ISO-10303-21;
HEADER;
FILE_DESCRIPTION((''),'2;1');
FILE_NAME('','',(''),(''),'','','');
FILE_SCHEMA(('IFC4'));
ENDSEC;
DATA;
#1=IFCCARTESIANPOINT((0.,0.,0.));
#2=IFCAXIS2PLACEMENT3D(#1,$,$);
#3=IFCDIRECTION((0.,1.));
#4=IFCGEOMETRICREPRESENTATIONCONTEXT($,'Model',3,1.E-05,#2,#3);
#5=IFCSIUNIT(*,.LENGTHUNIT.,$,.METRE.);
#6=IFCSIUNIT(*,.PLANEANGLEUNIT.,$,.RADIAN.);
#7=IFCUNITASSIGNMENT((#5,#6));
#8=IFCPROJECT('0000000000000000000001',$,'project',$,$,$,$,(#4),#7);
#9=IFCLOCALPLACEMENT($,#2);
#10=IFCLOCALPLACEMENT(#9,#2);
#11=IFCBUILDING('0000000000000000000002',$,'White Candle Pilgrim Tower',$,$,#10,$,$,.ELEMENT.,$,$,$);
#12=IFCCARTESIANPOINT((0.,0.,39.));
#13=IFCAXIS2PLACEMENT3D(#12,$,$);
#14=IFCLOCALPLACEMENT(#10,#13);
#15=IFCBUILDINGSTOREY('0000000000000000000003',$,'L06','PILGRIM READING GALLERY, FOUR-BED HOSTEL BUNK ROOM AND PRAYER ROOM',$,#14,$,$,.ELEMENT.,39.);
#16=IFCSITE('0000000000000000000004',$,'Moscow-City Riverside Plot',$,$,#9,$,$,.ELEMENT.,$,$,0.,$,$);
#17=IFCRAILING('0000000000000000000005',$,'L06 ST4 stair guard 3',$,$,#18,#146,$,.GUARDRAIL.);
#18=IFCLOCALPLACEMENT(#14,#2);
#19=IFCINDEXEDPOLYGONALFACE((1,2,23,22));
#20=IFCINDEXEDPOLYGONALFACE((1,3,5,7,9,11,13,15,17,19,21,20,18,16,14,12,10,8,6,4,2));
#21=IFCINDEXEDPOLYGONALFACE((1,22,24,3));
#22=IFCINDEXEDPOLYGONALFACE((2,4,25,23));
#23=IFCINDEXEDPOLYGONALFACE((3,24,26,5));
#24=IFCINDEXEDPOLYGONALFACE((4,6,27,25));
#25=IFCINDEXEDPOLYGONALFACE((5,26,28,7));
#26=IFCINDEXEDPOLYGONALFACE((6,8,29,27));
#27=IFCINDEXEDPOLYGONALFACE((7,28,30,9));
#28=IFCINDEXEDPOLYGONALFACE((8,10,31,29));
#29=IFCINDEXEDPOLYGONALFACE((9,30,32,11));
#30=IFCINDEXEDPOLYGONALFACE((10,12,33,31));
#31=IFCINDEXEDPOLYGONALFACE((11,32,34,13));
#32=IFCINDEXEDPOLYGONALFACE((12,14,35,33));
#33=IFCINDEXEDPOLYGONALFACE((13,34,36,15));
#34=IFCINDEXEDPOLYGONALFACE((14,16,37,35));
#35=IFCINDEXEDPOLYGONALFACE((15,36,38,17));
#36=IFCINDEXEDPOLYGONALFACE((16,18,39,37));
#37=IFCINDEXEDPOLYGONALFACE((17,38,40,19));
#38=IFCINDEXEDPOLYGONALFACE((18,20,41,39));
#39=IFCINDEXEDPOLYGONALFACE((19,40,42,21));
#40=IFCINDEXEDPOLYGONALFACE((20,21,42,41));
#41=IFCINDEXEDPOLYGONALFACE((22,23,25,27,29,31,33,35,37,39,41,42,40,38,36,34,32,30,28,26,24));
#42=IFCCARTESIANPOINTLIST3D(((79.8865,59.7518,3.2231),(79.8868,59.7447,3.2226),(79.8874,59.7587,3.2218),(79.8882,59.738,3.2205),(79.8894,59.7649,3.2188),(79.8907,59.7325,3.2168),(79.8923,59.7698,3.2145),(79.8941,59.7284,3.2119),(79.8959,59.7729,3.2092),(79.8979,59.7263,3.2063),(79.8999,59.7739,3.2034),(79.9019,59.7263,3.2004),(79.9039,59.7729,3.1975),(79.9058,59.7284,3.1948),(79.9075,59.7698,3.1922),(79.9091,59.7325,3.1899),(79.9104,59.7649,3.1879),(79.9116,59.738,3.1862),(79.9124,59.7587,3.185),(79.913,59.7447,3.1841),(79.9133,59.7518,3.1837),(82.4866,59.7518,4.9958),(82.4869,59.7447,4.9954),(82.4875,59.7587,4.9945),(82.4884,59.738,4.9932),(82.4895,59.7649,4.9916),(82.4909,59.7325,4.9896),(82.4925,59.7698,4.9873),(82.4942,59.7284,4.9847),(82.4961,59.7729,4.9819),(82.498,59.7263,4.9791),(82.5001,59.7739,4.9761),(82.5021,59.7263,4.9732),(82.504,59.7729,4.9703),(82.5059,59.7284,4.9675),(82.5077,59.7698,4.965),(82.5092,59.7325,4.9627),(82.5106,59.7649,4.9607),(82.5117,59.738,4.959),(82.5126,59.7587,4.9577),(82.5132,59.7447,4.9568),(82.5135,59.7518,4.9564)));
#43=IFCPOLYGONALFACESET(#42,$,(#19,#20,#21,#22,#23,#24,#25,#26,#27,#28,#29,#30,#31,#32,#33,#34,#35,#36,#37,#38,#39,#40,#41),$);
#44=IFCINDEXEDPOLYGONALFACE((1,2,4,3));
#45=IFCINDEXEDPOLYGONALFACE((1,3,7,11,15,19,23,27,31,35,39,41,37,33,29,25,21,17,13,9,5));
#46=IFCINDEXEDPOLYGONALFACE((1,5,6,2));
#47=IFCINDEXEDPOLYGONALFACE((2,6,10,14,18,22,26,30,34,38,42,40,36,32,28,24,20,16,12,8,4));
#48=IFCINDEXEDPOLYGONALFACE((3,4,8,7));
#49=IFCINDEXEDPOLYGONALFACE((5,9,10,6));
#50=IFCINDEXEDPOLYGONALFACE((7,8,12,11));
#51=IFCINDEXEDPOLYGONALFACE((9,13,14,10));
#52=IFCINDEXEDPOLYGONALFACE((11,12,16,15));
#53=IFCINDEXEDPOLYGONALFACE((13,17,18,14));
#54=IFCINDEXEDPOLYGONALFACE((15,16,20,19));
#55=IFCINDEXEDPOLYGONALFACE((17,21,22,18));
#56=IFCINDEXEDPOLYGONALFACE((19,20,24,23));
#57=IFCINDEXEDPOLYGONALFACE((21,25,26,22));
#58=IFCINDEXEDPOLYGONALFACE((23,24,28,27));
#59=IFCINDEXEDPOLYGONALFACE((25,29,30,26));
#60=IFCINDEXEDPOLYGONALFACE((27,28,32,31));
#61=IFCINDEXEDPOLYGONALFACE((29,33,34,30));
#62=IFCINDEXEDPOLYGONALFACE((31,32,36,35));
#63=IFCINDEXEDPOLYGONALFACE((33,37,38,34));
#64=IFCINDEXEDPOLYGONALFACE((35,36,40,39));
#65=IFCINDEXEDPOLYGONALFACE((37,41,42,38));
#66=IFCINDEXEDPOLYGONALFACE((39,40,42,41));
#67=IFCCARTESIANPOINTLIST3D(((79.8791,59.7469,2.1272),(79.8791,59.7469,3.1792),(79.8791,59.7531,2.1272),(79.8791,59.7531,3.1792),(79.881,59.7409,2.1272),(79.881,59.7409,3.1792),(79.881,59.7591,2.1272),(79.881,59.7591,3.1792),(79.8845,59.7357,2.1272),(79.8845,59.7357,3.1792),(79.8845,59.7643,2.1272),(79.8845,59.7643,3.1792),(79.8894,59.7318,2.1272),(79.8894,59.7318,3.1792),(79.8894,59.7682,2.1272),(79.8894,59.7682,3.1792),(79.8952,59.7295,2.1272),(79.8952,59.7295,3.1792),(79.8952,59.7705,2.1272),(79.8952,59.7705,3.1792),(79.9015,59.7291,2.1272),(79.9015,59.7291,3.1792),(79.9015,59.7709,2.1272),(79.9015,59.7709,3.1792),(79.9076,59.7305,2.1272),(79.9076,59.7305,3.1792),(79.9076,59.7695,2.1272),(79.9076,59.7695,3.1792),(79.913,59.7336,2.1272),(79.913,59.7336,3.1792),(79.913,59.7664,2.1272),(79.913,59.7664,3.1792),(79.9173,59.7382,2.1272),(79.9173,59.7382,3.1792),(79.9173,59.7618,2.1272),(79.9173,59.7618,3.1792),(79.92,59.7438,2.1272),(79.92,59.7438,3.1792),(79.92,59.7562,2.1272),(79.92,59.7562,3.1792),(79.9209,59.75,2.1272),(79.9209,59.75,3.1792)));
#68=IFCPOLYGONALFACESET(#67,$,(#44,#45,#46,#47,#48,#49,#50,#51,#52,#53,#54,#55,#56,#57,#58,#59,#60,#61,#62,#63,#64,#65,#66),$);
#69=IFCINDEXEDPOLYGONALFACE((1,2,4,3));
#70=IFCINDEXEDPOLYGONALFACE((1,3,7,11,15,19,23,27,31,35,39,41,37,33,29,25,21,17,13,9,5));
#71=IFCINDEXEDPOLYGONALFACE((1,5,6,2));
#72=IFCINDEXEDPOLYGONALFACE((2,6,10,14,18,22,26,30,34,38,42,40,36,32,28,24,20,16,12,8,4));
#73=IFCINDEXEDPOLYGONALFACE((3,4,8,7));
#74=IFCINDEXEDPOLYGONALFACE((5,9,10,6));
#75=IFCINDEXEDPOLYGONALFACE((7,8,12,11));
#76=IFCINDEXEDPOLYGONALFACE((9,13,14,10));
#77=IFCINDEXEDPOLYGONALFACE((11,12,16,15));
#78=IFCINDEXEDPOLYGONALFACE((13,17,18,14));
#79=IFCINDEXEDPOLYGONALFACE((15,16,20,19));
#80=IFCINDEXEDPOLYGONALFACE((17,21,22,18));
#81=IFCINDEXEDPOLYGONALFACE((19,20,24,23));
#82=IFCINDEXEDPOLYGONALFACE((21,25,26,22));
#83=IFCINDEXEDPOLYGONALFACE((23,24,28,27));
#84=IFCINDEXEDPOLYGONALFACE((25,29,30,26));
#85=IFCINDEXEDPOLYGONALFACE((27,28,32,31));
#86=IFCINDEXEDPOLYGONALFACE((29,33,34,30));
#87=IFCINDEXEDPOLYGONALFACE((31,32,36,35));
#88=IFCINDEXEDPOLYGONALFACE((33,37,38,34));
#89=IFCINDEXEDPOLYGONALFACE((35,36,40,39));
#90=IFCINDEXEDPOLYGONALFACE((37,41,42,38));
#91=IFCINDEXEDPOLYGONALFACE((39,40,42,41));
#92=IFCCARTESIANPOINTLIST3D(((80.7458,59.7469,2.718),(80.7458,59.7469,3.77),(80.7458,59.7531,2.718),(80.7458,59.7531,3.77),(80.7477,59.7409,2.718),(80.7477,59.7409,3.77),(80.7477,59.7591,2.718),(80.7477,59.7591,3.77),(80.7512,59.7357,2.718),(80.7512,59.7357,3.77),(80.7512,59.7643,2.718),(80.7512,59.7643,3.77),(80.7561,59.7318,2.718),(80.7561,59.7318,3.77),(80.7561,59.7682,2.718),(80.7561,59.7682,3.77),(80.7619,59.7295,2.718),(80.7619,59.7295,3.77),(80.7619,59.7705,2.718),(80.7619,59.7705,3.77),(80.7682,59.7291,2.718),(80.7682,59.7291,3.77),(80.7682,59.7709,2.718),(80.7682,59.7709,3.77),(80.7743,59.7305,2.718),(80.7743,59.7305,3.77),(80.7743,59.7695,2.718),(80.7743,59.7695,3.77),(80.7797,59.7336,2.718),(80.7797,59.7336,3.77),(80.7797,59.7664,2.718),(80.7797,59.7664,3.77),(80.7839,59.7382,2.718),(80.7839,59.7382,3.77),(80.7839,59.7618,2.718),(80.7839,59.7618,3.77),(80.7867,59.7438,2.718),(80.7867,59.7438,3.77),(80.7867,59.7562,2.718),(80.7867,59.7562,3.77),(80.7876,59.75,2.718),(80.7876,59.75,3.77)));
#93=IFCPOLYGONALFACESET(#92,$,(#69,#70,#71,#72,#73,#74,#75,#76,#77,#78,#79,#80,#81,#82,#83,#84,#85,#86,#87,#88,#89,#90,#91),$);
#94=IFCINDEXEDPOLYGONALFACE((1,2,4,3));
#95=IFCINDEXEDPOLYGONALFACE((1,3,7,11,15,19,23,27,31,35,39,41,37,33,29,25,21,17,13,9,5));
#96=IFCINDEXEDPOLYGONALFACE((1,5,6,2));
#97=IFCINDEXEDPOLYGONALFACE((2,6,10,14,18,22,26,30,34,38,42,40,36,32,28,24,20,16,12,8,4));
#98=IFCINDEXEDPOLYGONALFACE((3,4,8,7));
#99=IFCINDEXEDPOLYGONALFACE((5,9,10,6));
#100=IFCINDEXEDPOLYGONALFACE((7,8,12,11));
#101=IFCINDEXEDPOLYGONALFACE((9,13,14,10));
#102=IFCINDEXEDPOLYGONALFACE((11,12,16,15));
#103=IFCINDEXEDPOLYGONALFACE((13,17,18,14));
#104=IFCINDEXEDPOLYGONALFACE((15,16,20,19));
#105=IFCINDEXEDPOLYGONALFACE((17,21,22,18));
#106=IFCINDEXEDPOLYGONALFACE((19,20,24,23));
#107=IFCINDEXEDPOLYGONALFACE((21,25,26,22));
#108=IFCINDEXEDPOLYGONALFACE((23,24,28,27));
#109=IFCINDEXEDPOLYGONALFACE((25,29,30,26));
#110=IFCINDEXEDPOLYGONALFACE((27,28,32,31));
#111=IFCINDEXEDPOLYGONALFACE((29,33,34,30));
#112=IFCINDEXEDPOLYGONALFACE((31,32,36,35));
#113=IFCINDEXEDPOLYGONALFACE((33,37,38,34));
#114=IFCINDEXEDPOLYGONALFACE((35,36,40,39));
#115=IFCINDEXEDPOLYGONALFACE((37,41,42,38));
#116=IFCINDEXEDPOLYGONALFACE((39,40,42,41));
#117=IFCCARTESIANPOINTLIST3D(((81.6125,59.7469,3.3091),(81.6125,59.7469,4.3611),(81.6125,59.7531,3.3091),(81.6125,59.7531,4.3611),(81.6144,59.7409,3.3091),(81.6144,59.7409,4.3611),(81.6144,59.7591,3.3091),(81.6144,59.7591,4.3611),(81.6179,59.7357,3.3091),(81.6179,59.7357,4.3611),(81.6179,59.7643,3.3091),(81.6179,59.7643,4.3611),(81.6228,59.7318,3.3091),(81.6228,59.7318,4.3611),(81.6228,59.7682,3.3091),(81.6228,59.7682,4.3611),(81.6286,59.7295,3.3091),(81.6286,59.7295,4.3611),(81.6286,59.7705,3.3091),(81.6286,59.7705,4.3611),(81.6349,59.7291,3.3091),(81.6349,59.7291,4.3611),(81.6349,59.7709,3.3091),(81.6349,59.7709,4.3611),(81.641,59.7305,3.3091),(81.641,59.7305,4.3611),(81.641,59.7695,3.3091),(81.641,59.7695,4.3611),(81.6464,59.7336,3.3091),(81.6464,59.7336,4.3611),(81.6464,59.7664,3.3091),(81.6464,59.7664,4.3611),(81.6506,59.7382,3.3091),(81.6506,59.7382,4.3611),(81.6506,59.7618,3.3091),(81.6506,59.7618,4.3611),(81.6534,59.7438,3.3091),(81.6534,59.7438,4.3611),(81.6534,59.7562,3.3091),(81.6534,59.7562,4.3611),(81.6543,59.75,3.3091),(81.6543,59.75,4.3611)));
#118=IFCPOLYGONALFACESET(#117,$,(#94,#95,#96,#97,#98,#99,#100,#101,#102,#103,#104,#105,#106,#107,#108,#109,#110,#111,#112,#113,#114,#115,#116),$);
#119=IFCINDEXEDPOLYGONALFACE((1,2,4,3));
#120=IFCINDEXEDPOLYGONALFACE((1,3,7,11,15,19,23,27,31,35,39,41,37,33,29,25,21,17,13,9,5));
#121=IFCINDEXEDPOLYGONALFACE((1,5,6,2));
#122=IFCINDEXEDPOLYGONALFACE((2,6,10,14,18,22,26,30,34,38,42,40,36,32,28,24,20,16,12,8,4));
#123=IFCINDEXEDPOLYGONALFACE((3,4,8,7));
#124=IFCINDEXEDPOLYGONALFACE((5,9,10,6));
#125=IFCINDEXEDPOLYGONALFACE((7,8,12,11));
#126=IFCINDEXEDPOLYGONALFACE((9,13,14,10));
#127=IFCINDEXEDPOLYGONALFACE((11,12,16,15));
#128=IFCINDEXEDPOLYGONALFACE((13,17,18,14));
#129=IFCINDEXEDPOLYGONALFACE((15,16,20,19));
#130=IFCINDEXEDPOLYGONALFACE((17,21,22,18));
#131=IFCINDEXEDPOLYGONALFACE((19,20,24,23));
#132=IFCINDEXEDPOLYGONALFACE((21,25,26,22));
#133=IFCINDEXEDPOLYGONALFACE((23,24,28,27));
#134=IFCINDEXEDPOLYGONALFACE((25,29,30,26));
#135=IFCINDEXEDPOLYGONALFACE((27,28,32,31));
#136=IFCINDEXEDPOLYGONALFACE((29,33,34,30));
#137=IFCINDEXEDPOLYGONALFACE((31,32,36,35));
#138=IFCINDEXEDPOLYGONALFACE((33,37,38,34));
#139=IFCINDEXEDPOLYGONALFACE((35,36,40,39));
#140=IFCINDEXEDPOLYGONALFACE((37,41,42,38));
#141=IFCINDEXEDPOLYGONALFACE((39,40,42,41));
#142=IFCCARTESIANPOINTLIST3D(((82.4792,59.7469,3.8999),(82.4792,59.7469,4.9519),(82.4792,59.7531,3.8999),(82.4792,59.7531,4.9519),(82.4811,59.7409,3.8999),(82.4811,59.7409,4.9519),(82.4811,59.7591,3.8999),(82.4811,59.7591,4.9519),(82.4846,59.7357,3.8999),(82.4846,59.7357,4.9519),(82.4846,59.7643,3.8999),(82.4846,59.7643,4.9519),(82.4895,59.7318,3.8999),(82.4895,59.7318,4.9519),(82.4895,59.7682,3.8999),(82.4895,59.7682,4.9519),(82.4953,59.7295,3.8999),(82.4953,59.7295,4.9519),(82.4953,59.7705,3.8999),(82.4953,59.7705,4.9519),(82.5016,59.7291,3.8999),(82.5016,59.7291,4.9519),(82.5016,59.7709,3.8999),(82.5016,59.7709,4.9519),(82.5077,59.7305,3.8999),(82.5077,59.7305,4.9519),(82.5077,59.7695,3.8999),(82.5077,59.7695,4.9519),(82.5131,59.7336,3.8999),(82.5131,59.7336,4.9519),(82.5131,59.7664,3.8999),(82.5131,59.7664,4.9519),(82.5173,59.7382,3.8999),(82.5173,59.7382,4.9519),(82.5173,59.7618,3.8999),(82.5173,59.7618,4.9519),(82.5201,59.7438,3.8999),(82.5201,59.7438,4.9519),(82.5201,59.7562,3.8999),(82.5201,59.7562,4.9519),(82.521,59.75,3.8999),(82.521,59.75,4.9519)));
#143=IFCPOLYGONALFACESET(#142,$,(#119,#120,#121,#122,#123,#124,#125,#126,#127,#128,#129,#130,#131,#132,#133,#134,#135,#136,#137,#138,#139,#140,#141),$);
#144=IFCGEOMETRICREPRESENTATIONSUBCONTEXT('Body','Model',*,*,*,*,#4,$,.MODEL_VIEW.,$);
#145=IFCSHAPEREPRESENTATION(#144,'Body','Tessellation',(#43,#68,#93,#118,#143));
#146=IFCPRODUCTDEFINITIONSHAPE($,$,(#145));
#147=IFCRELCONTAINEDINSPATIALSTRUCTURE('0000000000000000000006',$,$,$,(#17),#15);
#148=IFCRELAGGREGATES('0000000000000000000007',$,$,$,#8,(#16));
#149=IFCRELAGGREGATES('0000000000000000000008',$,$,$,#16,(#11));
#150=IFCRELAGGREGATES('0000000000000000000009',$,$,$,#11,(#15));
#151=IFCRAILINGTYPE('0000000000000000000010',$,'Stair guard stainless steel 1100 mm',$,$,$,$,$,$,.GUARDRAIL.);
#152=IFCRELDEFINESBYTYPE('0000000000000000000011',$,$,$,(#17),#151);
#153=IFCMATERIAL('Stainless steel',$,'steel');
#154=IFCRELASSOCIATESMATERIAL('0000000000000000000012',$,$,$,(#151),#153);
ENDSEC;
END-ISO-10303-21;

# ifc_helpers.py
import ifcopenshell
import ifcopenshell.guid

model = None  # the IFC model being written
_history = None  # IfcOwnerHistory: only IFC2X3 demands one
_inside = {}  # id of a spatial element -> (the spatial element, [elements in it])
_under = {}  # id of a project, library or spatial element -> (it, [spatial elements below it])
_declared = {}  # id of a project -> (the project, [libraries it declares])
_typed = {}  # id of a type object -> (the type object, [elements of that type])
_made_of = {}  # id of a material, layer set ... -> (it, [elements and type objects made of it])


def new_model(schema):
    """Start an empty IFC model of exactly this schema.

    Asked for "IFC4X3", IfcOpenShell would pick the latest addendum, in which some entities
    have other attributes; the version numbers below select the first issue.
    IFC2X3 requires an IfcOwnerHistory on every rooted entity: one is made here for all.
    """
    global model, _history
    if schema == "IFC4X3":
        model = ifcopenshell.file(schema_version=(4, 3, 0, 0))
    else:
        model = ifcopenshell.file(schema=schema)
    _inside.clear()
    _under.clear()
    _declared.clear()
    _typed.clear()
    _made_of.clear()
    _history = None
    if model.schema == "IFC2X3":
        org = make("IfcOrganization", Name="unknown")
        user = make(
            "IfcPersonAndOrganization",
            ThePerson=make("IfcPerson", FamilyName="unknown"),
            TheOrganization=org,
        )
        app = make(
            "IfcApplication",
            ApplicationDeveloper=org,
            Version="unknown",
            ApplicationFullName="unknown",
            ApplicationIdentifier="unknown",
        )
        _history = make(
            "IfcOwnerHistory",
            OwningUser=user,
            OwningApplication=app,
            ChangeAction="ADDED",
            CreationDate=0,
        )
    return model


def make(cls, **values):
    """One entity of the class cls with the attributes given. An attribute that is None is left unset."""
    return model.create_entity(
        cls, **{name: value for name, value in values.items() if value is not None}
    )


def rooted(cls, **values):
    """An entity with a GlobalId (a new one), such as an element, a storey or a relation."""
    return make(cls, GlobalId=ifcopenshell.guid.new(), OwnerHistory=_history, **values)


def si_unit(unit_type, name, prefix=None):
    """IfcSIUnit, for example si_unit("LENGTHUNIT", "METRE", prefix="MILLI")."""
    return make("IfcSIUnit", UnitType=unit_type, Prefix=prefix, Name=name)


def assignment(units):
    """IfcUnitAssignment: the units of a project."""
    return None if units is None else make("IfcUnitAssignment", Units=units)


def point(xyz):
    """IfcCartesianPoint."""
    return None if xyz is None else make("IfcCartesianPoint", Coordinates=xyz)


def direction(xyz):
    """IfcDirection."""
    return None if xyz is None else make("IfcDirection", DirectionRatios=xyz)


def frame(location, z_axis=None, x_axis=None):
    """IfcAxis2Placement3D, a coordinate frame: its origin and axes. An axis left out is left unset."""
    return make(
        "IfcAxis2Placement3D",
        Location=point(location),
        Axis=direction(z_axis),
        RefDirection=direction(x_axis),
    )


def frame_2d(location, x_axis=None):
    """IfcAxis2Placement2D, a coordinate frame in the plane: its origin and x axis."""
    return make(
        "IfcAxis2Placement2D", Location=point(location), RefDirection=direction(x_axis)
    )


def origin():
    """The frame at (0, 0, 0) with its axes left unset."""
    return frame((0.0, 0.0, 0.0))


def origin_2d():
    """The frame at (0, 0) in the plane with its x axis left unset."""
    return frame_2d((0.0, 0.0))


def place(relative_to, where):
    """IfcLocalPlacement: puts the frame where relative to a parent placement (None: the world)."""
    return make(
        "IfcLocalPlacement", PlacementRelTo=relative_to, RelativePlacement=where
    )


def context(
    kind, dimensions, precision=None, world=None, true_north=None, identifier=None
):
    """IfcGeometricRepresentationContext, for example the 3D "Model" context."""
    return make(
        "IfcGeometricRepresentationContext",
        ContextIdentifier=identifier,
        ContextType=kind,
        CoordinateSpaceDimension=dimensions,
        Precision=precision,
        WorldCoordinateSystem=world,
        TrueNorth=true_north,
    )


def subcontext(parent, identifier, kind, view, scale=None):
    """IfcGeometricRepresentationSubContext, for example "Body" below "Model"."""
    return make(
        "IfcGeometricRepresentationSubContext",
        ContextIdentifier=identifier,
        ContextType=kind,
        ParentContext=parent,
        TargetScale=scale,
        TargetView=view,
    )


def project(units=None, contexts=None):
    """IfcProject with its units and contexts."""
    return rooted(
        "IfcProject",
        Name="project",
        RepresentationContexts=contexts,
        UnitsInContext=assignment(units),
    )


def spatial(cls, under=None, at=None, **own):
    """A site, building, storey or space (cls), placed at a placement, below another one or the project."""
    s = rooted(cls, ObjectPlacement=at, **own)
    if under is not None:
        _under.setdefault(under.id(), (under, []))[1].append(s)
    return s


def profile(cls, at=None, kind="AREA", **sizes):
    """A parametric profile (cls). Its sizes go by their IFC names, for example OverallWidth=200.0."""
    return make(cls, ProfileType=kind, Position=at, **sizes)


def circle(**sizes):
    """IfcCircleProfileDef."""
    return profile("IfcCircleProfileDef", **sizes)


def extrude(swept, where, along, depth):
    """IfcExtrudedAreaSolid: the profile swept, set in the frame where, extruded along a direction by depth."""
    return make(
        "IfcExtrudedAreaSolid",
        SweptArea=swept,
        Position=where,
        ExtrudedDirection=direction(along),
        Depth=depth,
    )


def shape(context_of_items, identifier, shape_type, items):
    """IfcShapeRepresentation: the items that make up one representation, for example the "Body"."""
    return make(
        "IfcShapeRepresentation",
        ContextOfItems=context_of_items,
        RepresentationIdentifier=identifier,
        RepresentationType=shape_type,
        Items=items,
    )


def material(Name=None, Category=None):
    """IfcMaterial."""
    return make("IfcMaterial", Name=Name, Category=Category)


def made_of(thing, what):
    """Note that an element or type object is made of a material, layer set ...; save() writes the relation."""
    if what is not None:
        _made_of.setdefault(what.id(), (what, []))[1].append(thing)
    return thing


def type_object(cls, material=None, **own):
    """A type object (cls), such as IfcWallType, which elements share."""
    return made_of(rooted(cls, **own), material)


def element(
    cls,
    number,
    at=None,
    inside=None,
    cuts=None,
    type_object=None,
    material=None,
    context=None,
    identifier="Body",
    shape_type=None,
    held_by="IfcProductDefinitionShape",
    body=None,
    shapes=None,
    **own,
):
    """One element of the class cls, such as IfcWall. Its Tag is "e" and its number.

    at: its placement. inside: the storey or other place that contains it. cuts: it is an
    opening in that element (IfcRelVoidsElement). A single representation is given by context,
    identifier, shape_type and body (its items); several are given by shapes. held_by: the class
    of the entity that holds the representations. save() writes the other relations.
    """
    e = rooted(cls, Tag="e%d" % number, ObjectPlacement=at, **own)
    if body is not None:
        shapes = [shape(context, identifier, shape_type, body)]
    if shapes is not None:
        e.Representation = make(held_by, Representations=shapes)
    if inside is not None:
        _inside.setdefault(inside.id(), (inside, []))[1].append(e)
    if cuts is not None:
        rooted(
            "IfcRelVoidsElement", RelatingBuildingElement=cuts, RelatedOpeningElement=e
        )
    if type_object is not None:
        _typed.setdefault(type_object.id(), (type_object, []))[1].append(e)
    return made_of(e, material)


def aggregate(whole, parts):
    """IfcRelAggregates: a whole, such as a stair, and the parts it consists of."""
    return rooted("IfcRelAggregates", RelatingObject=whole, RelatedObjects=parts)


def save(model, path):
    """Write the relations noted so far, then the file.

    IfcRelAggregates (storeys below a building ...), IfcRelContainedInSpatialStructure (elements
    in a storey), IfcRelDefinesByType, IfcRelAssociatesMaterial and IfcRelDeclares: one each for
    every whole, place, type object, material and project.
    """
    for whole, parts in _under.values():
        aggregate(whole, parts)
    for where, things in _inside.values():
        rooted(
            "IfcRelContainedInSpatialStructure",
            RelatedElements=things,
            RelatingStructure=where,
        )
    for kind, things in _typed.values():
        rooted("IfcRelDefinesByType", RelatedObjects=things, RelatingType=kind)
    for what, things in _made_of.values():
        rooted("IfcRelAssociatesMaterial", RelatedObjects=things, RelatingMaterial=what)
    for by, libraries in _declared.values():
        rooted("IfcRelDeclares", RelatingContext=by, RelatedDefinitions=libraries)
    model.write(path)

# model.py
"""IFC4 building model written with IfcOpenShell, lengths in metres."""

from ifc_helpers import new_model, si_unit, direction, frame, origin, origin_2d, place, context, subcontext, project, spatial, circle, extrude, material, type_object, element, save


model = new_model("IFC4")

# Units and contexts
model_context = context("Model", 3, precision=1e-05, world=origin(), true_north=direction((0.0, 1.0)))
body_context = subcontext(model_context, "Body", "Model", "MODEL_VIEW")
ifc_project = project(units=[si_unit("LENGTHUNIT", "METRE"), si_unit("PLANEANGLEUNIT", "RADIAN")], contexts=[model_context])

# Site, building, storey
site_placement = place(None, origin())
site = spatial("IfcSite", under=ifc_project, at=site_placement, Name="Moscow-City Riverside Plot", CompositionType="ELEMENT", RefElevation=0.0)
building_placement = place(site_placement, origin())
building = spatial("IfcBuilding", under=site, at=building_placement, Name="White Candle Pilgrim Tower", CompositionType="ELEMENT")
storey_placement = place(building_placement, frame((0.0, 0.0, 39.0)))
storey = spatial("IfcBuildingStorey", under=building, at=storey_placement, Name="L06", Description="PILGRIM READING GALLERY, FOUR-BED HOSTEL BUNK ROOM AND PRAYER ROOM", CompositionType="ELEMENT", Elevation=39.0)

# Railing
ifc_material_1 = material(Name="Stainless steel", Category="steel")
railing_type_1 = type_object("IfcRailingType", Name="Stair guard stainless steel 1100 mm", PredefinedType="GUARDRAIL", material=ifc_material_1)
railing_1_placement = place(storey_placement, frame((79.8999, 59.75, 2.1272)))
element("IfcRailing", 1, at=railing_1_placement, inside=storey, type_object=railing_type_1, Name="L06 ST4 stair guard 3", PredefinedType="GUARDRAIL", context=body_context, shape_type="SweptSolid", body=[
    extrude(circle(Radius=0.0239, at=origin_2d()), frame((0.0, 0.0, 1.0762), z_axis=(0.82624, 0.0, 0.563318), x_axis=(0.0, 1.0, 0.0)), (0.0, 0.0, 1.0), 3.147),
    extrude(circle(Radius=0.021, at=origin_2d()), origin(), (0.0, 0.0, 1.0), 1.052),
    extrude(circle(Radius=0.021, at=origin_2d()), frame((0.8667, 0.0, 0.5908)), (0.0, 0.0, 1.0), 1.052),
    extrude(circle(Radius=0.021, at=origin_2d()), frame((1.7334, 0.0, 1.1819)), (0.0, 0.0, 1.0), 1.052),
    extrude(circle(Radius=0.021, at=origin_2d()), frame((2.6001, 0.0, 1.7727)), (0.0, 0.0, 1.0), 1.052),
])

save(model, "model.ifc")
